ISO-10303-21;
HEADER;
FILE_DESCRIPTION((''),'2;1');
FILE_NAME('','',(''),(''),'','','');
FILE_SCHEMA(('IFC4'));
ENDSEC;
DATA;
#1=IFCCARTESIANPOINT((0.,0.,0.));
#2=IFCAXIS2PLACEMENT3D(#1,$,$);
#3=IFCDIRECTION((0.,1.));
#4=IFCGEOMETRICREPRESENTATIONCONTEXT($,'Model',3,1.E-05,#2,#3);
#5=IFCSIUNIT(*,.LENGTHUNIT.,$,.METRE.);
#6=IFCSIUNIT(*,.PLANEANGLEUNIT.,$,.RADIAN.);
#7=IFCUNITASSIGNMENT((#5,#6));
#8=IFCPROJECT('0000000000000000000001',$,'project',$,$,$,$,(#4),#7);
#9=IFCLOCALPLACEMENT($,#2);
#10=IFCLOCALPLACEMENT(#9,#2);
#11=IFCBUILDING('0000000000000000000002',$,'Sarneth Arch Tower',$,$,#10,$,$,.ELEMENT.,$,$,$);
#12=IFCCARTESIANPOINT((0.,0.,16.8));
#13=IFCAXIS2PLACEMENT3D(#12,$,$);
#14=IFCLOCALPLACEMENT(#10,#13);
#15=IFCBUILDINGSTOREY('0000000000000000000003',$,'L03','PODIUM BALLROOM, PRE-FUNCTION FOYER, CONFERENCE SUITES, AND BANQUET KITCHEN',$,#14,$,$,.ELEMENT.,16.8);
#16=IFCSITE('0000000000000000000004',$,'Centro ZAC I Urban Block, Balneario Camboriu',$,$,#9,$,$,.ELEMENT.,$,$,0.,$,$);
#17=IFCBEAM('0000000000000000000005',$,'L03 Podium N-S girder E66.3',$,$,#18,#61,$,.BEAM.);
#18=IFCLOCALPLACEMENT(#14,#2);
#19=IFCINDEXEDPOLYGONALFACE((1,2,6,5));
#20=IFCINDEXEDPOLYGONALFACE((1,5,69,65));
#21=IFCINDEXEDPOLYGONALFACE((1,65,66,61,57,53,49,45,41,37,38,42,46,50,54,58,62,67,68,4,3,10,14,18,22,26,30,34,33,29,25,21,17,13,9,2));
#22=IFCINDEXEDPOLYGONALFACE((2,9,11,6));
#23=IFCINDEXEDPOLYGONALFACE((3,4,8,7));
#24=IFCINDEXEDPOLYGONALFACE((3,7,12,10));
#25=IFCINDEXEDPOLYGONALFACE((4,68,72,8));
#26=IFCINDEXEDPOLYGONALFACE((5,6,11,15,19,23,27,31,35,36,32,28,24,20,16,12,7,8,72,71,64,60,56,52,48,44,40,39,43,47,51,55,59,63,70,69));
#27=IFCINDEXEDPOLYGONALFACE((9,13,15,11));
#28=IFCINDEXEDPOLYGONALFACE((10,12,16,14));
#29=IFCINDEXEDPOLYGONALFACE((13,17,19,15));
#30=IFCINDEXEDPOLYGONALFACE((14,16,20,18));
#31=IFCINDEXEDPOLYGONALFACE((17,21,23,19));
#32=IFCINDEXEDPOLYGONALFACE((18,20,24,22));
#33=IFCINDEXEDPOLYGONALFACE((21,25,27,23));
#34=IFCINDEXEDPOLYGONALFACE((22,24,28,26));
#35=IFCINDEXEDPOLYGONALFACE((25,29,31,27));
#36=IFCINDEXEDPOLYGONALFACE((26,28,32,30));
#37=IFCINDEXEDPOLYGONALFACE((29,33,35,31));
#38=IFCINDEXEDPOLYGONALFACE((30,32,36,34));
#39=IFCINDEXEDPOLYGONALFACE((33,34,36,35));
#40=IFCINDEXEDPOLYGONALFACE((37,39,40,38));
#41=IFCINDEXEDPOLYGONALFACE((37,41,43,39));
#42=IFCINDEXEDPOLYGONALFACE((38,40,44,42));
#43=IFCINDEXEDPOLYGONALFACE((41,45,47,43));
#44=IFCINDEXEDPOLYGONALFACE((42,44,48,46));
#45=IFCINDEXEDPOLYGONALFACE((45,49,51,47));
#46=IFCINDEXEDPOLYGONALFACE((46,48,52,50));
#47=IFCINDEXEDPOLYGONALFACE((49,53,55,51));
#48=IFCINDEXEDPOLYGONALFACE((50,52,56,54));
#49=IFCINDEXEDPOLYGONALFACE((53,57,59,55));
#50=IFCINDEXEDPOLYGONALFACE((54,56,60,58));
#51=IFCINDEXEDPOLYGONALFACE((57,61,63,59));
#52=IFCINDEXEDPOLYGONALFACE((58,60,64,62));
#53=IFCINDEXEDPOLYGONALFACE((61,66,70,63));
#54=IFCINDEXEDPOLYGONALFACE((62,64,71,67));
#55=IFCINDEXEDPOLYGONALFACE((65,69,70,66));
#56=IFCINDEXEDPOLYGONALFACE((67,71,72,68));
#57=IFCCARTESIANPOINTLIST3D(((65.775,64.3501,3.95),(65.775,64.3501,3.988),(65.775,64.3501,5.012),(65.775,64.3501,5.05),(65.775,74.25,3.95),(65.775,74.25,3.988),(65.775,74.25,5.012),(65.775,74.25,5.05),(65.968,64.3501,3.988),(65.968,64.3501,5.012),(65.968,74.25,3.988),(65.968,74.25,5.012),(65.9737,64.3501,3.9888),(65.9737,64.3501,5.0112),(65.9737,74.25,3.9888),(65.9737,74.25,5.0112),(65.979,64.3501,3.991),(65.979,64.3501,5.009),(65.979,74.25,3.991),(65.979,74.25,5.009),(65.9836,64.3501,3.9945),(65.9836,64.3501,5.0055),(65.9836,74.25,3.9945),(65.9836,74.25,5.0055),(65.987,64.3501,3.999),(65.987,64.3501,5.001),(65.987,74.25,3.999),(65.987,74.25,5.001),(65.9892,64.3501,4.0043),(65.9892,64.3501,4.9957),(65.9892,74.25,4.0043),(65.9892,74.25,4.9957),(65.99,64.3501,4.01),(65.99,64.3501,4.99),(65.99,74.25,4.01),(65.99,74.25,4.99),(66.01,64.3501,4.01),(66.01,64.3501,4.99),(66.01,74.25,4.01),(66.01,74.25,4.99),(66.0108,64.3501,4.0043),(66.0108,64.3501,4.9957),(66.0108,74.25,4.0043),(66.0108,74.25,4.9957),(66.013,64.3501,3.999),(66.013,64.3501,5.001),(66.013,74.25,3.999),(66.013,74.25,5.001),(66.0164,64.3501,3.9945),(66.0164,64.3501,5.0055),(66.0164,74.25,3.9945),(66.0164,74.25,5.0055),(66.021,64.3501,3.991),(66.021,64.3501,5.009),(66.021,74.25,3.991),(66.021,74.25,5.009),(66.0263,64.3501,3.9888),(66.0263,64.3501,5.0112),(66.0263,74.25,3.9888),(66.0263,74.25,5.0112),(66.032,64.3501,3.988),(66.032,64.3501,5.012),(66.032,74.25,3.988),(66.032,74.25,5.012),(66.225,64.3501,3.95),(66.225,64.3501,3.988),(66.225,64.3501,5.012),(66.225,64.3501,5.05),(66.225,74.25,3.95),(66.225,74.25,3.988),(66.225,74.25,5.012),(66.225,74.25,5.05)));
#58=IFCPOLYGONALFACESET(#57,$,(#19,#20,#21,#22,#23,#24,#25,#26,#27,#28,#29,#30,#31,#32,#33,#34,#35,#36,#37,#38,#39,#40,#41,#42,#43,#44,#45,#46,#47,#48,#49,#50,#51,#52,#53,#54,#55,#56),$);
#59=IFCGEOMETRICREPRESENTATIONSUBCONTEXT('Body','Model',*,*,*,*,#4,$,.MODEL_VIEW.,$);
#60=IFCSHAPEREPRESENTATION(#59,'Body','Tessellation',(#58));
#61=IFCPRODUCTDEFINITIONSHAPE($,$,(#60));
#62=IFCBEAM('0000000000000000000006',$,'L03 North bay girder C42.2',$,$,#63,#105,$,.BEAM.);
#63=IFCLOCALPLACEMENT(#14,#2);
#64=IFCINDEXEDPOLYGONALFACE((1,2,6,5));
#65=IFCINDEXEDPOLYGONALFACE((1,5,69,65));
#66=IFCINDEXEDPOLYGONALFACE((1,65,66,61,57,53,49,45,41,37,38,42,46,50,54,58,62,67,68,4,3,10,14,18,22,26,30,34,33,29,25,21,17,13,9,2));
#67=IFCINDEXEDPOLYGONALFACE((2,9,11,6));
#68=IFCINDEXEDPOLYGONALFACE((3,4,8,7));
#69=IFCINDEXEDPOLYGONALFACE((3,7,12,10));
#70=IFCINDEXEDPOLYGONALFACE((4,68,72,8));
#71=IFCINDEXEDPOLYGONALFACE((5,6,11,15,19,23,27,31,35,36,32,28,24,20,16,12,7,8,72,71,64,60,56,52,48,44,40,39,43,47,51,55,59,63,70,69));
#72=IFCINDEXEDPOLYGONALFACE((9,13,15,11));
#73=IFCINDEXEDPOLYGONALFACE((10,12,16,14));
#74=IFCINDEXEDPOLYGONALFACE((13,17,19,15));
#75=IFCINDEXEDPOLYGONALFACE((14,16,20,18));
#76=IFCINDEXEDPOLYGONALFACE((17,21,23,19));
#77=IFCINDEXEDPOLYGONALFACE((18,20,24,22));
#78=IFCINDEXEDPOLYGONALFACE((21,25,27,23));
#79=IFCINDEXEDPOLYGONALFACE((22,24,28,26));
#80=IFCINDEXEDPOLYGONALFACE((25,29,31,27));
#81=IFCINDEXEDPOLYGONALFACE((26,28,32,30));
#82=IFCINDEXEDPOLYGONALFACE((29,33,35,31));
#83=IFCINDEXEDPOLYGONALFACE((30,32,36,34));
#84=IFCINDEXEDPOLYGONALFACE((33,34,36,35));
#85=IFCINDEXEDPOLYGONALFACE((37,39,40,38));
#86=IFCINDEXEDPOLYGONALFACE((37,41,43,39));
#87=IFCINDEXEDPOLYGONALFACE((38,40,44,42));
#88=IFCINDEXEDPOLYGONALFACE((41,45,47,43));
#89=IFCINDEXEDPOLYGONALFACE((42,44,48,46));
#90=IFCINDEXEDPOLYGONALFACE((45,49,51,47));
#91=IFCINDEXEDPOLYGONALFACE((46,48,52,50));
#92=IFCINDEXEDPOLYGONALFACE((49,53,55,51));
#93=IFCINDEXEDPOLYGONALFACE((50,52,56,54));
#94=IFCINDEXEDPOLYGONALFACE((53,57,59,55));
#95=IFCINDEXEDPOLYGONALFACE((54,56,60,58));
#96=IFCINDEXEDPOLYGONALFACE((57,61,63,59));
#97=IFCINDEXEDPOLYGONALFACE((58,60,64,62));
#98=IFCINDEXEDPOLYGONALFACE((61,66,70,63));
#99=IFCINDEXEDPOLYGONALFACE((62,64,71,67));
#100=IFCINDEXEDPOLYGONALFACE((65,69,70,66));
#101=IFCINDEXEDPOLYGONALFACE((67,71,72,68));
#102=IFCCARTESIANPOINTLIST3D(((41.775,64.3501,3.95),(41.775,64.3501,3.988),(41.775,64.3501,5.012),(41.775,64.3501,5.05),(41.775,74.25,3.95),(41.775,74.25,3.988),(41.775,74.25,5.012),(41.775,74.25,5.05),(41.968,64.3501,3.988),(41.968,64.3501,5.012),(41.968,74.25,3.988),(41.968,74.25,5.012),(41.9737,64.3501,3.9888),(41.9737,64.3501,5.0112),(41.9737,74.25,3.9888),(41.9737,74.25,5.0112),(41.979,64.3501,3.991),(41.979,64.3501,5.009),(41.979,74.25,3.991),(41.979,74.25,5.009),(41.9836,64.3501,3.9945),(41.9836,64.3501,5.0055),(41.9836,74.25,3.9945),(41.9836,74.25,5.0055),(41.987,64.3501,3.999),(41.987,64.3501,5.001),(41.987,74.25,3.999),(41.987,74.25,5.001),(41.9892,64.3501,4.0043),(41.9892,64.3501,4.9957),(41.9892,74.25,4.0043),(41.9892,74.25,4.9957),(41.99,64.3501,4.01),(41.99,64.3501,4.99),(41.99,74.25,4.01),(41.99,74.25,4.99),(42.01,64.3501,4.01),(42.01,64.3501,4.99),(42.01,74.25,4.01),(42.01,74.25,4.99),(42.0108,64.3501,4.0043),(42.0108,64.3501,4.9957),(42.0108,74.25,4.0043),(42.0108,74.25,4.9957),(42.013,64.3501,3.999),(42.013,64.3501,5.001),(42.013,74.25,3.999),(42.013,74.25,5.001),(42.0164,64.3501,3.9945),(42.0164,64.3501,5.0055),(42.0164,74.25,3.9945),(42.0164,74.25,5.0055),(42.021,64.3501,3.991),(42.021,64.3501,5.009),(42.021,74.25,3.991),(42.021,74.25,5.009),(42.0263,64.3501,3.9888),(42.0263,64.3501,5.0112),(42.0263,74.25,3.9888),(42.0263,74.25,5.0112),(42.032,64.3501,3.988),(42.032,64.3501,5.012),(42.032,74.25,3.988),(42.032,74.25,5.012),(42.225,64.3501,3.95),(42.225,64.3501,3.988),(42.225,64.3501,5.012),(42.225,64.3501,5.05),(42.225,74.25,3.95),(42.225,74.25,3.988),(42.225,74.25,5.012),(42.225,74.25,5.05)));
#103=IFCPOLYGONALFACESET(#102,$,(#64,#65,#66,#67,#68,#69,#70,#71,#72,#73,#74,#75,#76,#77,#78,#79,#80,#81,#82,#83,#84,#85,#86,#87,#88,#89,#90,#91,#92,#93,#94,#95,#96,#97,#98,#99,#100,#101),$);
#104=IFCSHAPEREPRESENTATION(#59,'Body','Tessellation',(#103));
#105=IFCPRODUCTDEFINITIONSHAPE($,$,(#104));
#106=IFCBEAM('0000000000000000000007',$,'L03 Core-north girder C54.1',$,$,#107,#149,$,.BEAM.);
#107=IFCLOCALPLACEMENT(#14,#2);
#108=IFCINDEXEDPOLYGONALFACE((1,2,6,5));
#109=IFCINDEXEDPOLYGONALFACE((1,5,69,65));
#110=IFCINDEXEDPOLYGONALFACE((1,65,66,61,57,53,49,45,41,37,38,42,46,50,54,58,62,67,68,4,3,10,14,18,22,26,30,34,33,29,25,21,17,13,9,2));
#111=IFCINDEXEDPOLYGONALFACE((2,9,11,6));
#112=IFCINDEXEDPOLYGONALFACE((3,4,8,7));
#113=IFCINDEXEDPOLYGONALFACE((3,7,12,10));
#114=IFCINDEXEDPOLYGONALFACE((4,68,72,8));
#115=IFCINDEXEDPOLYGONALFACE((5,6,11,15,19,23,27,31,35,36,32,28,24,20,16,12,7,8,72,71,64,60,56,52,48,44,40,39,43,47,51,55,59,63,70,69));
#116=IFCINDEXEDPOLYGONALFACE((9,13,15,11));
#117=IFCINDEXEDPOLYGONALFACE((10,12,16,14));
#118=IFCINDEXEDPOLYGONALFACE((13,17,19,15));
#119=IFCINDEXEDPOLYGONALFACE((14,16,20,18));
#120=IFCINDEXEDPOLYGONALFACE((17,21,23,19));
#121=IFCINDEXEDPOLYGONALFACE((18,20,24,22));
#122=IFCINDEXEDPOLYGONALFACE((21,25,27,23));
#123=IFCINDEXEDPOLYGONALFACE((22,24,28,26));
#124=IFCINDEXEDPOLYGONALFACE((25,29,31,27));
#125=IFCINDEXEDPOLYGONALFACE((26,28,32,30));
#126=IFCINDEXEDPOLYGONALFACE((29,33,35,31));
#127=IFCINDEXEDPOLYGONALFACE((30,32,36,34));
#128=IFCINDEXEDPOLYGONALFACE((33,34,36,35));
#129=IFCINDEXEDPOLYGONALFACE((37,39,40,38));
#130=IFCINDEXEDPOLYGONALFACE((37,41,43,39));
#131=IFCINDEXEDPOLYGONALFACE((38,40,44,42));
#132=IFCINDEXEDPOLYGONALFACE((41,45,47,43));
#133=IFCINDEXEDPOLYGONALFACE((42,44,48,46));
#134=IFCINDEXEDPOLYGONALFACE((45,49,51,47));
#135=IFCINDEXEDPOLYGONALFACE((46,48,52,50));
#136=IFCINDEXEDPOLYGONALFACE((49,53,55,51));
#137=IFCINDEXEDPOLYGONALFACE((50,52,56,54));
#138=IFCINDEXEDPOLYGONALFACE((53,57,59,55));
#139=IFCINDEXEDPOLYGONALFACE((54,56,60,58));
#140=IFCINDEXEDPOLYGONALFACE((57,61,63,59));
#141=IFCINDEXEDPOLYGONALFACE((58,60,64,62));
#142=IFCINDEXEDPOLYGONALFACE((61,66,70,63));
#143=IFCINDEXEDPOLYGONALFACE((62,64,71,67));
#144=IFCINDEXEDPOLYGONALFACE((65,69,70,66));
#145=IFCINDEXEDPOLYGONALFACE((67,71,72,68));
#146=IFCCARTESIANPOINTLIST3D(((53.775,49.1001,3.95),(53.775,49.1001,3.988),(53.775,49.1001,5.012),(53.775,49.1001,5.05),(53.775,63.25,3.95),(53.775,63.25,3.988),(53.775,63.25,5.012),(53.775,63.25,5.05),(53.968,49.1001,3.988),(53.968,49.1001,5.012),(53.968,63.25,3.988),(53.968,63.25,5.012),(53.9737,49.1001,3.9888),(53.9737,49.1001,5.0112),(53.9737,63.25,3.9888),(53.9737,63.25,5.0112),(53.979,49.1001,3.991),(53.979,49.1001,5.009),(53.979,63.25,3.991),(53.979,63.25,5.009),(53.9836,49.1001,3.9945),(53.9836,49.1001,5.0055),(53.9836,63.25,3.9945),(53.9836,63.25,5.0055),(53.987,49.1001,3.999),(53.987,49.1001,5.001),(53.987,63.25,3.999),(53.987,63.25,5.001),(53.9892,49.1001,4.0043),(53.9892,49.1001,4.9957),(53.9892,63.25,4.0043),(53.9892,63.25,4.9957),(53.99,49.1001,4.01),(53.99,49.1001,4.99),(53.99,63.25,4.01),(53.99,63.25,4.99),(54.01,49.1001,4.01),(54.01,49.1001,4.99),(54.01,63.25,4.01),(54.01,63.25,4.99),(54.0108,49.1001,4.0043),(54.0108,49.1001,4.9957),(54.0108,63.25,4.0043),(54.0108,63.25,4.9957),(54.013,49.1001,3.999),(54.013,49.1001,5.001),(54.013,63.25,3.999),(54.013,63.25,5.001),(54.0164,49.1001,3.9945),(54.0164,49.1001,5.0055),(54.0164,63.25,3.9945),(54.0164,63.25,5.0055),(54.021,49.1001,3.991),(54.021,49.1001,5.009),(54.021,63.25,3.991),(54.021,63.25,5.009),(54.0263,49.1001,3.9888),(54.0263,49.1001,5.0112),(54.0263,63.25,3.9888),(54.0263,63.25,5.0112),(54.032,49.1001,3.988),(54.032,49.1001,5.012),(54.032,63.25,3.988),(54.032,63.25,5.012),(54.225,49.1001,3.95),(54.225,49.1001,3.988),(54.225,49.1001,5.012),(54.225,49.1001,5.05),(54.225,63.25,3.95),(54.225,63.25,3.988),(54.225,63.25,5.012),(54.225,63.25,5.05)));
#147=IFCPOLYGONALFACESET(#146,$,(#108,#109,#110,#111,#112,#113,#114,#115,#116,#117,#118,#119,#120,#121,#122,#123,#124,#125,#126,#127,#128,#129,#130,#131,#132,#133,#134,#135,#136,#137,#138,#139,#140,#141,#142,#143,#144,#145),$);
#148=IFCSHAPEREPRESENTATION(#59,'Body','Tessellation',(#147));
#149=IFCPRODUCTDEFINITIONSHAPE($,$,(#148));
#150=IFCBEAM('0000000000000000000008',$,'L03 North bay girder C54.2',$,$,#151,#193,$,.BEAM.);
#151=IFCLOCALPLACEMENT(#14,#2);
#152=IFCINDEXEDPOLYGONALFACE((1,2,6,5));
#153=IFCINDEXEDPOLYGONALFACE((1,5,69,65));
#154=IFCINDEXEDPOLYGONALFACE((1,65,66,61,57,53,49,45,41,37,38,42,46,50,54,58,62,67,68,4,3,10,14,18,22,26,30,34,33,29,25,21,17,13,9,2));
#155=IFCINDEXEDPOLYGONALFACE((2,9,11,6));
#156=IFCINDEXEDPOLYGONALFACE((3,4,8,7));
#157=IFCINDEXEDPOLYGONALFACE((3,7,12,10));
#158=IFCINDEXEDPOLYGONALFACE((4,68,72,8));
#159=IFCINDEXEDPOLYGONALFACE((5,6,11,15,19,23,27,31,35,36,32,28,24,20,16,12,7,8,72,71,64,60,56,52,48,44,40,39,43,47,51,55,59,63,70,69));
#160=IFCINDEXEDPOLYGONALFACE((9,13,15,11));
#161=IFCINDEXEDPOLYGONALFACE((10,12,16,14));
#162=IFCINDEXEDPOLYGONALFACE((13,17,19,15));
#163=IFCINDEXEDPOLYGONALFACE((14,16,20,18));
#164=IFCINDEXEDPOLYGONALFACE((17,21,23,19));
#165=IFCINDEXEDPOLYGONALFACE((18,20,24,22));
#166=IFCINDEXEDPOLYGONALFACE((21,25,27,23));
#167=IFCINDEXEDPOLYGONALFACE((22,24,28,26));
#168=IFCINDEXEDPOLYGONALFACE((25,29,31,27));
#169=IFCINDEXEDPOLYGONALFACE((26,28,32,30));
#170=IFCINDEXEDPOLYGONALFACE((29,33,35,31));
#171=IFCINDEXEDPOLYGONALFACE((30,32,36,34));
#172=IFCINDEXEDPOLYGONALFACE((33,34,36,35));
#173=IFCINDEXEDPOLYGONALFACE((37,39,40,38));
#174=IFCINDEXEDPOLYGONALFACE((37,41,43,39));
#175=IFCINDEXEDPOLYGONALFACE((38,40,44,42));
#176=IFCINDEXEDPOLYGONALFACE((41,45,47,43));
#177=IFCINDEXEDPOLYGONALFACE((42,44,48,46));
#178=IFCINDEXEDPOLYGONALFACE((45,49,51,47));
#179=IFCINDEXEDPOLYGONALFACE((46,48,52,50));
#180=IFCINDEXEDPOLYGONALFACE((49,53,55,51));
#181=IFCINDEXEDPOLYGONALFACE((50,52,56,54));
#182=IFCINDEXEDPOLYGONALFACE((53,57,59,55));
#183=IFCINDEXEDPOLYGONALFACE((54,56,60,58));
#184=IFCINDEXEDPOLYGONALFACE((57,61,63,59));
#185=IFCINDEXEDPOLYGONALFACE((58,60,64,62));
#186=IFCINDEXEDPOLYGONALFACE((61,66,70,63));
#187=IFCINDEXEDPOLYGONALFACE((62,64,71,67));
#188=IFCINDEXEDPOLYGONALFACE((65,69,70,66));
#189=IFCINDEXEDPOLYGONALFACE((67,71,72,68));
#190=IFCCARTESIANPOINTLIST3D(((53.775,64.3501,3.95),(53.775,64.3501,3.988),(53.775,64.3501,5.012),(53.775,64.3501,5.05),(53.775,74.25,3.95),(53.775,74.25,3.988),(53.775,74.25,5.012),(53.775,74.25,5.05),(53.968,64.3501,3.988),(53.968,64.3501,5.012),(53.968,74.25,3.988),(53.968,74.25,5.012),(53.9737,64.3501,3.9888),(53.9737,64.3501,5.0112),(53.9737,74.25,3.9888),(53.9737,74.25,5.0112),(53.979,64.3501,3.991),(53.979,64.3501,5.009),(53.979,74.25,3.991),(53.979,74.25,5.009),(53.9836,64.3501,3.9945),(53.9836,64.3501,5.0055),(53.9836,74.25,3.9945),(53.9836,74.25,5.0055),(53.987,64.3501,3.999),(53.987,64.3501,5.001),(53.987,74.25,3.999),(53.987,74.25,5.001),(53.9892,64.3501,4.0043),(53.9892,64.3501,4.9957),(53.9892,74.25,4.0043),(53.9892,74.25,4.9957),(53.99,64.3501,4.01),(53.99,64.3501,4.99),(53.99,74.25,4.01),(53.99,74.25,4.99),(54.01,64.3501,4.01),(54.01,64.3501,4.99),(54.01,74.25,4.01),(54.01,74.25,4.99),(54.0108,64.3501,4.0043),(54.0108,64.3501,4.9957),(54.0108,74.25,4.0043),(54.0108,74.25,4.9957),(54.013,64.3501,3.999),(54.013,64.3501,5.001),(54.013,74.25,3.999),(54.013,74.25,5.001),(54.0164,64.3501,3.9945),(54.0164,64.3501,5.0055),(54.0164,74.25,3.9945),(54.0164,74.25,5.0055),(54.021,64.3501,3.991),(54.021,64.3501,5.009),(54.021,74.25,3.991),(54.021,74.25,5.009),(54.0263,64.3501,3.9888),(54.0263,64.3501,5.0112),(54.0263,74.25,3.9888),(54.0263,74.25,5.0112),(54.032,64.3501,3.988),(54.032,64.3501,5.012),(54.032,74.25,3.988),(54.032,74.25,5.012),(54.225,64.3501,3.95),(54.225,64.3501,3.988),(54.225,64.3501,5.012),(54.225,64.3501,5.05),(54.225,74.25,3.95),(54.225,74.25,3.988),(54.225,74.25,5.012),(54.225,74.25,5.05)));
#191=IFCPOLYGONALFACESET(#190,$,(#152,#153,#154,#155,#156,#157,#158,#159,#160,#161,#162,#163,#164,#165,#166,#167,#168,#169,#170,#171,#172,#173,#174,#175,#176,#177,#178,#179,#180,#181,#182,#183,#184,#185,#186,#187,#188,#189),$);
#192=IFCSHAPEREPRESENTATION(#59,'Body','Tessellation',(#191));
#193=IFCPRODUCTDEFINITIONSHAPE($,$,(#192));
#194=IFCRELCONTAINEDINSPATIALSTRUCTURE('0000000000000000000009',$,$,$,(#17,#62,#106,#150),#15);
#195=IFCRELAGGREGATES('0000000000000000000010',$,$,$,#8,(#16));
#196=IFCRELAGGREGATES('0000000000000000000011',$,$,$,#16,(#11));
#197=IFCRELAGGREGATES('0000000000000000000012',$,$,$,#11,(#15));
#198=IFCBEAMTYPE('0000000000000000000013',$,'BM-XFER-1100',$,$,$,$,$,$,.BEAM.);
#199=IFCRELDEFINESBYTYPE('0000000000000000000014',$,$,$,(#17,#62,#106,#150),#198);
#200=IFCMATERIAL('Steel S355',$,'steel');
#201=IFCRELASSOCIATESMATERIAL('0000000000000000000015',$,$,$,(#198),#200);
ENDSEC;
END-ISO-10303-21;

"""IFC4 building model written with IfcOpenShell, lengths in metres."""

from ifc_helpers import new_model, si_unit, direction, frame, origin, origin_2d, place, context, subcontext, project, spatial, i_section, extrude, material, material_profile, profile_set, type_object, element, save


model = new_model("IFC4")

# Units and contexts
model_context = context("Model", 3, precision=1e-05, world=origin(), true_north=direction((0.0, 1.0)))
body_context = subcontext(model_context, "Body", "Model", "MODEL_VIEW")
ifc_project = project(units=[si_unit("LENGTHUNIT", "METRE"), si_unit("PLANEANGLEUNIT", "RADIAN")], contexts=[model_context])

# Site, building, storey
site_placement = place(None, origin())
site = spatial("IfcSite", under=ifc_project, at=site_placement, Name="Centro ZAC I Urban Block, Balneario Camboriu", CompositionType="ELEMENT", RefElevation=0.0)
building_placement = place(site_placement, origin())
building = spatial("IfcBuilding", under=site, at=building_placement, Name="Sarneth Arch Tower", CompositionType="ELEMENT")
storey_placement = place(building_placement, frame((0.0, 0.0, 16.8)))
storey = spatial("IfcBuildingStorey", under=building, at=storey_placement, Name="L03", Description="PODIUM BALLROOM, PRE-FUNCTION FOYER, CONFERENCE SUITES, AND BANQUET KITCHEN", CompositionType="ELEMENT", Elevation=16.8)

# Beams
ifc_material_1 = material(Name="Steel S355", Category="steel")
ifc_material_profile_1 = material_profile(ifc_material_1, i_section(OverallWidth=0.45, OverallDepth=1.1001, WebThickness=0.02, FlangeThickness=0.0381, FilletRadius=0.022, at=origin_2d()), Name="CVS1100x456")
ifc_profile_set_1 = profile_set([ifc_material_profile_1], Name="Steel S355")
beam_type = type_object("IfcBeamType", Name="BM-XFER-1100", PredefinedType="BEAM", material=ifc_profile_set_1)
for number, where, z_axis, x_axis, name in (
    (1, (66.0, 64.3501, 4.5), (0.0, 1.0, 0.0), (-1.0, 0.0, 0.0), "L03 Podium N-S girder E66.3"),
    (2, (42.0, 64.3501, 4.5), (0.0, 1.0, 0.0), (-1.0, 0.0, 0.0), "L03 North bay girder C42.2"),
):
    element("IfcBeam", number, at=place(storey_placement, frame(where, z_axis=z_axis, x_axis=x_axis)), inside=storey, type_object=beam_type, Name=name, PredefinedType="BEAM", context=body_context, shape_type="SweptSolid", body=[
        extrude(i_section(OverallWidth=0.45, OverallDepth=1.1001, WebThickness=0.02, FlangeThickness=0.0381, FilletRadius=0.022, at=origin_2d()), origin(), (0.0, 0.0, 1.0), 9.8999),
    ])
beam_1_placement = place(storey_placement, frame((54.0, 49.1001, 4.5), z_axis=(0.0, 1.0, 0.0), x_axis=(-1.0, 0.0, 0.0)))
element("IfcBeam", 3, at=beam_1_placement, inside=storey, type_object=beam_type, Name="L03 Core-north girder C54.1", PredefinedType="BEAM", context=body_context, shape_type="SweptSolid", body=[
    extrude(i_section(OverallWidth=0.45, OverallDepth=1.1001, WebThickness=0.02, FlangeThickness=0.0381, FilletRadius=0.022, at=origin_2d()), origin(), (0.0, 0.0, 1.0), 14.1499),
])
beam_2_placement = place(storey_placement, frame((54.0, 64.3501, 4.5), z_axis=(0.0, 1.0, 0.0), x_axis=(-1.0, 0.0, 0.0)))
element("IfcBeam", 4, at=beam_2_placement, inside=storey, type_object=beam_type, Name="L03 North bay girder C54.2", PredefinedType="BEAM", context=body_context, shape_type="SweptSolid", body=[
    extrude(i_section(OverallWidth=0.45, OverallDepth=1.1001, WebThickness=0.02, FlangeThickness=0.0381, FilletRadius=0.022, at=origin_2d()), origin(), (0.0, 0.0, 1.0), 9.8999),
])

save(model, "model.ifc")
